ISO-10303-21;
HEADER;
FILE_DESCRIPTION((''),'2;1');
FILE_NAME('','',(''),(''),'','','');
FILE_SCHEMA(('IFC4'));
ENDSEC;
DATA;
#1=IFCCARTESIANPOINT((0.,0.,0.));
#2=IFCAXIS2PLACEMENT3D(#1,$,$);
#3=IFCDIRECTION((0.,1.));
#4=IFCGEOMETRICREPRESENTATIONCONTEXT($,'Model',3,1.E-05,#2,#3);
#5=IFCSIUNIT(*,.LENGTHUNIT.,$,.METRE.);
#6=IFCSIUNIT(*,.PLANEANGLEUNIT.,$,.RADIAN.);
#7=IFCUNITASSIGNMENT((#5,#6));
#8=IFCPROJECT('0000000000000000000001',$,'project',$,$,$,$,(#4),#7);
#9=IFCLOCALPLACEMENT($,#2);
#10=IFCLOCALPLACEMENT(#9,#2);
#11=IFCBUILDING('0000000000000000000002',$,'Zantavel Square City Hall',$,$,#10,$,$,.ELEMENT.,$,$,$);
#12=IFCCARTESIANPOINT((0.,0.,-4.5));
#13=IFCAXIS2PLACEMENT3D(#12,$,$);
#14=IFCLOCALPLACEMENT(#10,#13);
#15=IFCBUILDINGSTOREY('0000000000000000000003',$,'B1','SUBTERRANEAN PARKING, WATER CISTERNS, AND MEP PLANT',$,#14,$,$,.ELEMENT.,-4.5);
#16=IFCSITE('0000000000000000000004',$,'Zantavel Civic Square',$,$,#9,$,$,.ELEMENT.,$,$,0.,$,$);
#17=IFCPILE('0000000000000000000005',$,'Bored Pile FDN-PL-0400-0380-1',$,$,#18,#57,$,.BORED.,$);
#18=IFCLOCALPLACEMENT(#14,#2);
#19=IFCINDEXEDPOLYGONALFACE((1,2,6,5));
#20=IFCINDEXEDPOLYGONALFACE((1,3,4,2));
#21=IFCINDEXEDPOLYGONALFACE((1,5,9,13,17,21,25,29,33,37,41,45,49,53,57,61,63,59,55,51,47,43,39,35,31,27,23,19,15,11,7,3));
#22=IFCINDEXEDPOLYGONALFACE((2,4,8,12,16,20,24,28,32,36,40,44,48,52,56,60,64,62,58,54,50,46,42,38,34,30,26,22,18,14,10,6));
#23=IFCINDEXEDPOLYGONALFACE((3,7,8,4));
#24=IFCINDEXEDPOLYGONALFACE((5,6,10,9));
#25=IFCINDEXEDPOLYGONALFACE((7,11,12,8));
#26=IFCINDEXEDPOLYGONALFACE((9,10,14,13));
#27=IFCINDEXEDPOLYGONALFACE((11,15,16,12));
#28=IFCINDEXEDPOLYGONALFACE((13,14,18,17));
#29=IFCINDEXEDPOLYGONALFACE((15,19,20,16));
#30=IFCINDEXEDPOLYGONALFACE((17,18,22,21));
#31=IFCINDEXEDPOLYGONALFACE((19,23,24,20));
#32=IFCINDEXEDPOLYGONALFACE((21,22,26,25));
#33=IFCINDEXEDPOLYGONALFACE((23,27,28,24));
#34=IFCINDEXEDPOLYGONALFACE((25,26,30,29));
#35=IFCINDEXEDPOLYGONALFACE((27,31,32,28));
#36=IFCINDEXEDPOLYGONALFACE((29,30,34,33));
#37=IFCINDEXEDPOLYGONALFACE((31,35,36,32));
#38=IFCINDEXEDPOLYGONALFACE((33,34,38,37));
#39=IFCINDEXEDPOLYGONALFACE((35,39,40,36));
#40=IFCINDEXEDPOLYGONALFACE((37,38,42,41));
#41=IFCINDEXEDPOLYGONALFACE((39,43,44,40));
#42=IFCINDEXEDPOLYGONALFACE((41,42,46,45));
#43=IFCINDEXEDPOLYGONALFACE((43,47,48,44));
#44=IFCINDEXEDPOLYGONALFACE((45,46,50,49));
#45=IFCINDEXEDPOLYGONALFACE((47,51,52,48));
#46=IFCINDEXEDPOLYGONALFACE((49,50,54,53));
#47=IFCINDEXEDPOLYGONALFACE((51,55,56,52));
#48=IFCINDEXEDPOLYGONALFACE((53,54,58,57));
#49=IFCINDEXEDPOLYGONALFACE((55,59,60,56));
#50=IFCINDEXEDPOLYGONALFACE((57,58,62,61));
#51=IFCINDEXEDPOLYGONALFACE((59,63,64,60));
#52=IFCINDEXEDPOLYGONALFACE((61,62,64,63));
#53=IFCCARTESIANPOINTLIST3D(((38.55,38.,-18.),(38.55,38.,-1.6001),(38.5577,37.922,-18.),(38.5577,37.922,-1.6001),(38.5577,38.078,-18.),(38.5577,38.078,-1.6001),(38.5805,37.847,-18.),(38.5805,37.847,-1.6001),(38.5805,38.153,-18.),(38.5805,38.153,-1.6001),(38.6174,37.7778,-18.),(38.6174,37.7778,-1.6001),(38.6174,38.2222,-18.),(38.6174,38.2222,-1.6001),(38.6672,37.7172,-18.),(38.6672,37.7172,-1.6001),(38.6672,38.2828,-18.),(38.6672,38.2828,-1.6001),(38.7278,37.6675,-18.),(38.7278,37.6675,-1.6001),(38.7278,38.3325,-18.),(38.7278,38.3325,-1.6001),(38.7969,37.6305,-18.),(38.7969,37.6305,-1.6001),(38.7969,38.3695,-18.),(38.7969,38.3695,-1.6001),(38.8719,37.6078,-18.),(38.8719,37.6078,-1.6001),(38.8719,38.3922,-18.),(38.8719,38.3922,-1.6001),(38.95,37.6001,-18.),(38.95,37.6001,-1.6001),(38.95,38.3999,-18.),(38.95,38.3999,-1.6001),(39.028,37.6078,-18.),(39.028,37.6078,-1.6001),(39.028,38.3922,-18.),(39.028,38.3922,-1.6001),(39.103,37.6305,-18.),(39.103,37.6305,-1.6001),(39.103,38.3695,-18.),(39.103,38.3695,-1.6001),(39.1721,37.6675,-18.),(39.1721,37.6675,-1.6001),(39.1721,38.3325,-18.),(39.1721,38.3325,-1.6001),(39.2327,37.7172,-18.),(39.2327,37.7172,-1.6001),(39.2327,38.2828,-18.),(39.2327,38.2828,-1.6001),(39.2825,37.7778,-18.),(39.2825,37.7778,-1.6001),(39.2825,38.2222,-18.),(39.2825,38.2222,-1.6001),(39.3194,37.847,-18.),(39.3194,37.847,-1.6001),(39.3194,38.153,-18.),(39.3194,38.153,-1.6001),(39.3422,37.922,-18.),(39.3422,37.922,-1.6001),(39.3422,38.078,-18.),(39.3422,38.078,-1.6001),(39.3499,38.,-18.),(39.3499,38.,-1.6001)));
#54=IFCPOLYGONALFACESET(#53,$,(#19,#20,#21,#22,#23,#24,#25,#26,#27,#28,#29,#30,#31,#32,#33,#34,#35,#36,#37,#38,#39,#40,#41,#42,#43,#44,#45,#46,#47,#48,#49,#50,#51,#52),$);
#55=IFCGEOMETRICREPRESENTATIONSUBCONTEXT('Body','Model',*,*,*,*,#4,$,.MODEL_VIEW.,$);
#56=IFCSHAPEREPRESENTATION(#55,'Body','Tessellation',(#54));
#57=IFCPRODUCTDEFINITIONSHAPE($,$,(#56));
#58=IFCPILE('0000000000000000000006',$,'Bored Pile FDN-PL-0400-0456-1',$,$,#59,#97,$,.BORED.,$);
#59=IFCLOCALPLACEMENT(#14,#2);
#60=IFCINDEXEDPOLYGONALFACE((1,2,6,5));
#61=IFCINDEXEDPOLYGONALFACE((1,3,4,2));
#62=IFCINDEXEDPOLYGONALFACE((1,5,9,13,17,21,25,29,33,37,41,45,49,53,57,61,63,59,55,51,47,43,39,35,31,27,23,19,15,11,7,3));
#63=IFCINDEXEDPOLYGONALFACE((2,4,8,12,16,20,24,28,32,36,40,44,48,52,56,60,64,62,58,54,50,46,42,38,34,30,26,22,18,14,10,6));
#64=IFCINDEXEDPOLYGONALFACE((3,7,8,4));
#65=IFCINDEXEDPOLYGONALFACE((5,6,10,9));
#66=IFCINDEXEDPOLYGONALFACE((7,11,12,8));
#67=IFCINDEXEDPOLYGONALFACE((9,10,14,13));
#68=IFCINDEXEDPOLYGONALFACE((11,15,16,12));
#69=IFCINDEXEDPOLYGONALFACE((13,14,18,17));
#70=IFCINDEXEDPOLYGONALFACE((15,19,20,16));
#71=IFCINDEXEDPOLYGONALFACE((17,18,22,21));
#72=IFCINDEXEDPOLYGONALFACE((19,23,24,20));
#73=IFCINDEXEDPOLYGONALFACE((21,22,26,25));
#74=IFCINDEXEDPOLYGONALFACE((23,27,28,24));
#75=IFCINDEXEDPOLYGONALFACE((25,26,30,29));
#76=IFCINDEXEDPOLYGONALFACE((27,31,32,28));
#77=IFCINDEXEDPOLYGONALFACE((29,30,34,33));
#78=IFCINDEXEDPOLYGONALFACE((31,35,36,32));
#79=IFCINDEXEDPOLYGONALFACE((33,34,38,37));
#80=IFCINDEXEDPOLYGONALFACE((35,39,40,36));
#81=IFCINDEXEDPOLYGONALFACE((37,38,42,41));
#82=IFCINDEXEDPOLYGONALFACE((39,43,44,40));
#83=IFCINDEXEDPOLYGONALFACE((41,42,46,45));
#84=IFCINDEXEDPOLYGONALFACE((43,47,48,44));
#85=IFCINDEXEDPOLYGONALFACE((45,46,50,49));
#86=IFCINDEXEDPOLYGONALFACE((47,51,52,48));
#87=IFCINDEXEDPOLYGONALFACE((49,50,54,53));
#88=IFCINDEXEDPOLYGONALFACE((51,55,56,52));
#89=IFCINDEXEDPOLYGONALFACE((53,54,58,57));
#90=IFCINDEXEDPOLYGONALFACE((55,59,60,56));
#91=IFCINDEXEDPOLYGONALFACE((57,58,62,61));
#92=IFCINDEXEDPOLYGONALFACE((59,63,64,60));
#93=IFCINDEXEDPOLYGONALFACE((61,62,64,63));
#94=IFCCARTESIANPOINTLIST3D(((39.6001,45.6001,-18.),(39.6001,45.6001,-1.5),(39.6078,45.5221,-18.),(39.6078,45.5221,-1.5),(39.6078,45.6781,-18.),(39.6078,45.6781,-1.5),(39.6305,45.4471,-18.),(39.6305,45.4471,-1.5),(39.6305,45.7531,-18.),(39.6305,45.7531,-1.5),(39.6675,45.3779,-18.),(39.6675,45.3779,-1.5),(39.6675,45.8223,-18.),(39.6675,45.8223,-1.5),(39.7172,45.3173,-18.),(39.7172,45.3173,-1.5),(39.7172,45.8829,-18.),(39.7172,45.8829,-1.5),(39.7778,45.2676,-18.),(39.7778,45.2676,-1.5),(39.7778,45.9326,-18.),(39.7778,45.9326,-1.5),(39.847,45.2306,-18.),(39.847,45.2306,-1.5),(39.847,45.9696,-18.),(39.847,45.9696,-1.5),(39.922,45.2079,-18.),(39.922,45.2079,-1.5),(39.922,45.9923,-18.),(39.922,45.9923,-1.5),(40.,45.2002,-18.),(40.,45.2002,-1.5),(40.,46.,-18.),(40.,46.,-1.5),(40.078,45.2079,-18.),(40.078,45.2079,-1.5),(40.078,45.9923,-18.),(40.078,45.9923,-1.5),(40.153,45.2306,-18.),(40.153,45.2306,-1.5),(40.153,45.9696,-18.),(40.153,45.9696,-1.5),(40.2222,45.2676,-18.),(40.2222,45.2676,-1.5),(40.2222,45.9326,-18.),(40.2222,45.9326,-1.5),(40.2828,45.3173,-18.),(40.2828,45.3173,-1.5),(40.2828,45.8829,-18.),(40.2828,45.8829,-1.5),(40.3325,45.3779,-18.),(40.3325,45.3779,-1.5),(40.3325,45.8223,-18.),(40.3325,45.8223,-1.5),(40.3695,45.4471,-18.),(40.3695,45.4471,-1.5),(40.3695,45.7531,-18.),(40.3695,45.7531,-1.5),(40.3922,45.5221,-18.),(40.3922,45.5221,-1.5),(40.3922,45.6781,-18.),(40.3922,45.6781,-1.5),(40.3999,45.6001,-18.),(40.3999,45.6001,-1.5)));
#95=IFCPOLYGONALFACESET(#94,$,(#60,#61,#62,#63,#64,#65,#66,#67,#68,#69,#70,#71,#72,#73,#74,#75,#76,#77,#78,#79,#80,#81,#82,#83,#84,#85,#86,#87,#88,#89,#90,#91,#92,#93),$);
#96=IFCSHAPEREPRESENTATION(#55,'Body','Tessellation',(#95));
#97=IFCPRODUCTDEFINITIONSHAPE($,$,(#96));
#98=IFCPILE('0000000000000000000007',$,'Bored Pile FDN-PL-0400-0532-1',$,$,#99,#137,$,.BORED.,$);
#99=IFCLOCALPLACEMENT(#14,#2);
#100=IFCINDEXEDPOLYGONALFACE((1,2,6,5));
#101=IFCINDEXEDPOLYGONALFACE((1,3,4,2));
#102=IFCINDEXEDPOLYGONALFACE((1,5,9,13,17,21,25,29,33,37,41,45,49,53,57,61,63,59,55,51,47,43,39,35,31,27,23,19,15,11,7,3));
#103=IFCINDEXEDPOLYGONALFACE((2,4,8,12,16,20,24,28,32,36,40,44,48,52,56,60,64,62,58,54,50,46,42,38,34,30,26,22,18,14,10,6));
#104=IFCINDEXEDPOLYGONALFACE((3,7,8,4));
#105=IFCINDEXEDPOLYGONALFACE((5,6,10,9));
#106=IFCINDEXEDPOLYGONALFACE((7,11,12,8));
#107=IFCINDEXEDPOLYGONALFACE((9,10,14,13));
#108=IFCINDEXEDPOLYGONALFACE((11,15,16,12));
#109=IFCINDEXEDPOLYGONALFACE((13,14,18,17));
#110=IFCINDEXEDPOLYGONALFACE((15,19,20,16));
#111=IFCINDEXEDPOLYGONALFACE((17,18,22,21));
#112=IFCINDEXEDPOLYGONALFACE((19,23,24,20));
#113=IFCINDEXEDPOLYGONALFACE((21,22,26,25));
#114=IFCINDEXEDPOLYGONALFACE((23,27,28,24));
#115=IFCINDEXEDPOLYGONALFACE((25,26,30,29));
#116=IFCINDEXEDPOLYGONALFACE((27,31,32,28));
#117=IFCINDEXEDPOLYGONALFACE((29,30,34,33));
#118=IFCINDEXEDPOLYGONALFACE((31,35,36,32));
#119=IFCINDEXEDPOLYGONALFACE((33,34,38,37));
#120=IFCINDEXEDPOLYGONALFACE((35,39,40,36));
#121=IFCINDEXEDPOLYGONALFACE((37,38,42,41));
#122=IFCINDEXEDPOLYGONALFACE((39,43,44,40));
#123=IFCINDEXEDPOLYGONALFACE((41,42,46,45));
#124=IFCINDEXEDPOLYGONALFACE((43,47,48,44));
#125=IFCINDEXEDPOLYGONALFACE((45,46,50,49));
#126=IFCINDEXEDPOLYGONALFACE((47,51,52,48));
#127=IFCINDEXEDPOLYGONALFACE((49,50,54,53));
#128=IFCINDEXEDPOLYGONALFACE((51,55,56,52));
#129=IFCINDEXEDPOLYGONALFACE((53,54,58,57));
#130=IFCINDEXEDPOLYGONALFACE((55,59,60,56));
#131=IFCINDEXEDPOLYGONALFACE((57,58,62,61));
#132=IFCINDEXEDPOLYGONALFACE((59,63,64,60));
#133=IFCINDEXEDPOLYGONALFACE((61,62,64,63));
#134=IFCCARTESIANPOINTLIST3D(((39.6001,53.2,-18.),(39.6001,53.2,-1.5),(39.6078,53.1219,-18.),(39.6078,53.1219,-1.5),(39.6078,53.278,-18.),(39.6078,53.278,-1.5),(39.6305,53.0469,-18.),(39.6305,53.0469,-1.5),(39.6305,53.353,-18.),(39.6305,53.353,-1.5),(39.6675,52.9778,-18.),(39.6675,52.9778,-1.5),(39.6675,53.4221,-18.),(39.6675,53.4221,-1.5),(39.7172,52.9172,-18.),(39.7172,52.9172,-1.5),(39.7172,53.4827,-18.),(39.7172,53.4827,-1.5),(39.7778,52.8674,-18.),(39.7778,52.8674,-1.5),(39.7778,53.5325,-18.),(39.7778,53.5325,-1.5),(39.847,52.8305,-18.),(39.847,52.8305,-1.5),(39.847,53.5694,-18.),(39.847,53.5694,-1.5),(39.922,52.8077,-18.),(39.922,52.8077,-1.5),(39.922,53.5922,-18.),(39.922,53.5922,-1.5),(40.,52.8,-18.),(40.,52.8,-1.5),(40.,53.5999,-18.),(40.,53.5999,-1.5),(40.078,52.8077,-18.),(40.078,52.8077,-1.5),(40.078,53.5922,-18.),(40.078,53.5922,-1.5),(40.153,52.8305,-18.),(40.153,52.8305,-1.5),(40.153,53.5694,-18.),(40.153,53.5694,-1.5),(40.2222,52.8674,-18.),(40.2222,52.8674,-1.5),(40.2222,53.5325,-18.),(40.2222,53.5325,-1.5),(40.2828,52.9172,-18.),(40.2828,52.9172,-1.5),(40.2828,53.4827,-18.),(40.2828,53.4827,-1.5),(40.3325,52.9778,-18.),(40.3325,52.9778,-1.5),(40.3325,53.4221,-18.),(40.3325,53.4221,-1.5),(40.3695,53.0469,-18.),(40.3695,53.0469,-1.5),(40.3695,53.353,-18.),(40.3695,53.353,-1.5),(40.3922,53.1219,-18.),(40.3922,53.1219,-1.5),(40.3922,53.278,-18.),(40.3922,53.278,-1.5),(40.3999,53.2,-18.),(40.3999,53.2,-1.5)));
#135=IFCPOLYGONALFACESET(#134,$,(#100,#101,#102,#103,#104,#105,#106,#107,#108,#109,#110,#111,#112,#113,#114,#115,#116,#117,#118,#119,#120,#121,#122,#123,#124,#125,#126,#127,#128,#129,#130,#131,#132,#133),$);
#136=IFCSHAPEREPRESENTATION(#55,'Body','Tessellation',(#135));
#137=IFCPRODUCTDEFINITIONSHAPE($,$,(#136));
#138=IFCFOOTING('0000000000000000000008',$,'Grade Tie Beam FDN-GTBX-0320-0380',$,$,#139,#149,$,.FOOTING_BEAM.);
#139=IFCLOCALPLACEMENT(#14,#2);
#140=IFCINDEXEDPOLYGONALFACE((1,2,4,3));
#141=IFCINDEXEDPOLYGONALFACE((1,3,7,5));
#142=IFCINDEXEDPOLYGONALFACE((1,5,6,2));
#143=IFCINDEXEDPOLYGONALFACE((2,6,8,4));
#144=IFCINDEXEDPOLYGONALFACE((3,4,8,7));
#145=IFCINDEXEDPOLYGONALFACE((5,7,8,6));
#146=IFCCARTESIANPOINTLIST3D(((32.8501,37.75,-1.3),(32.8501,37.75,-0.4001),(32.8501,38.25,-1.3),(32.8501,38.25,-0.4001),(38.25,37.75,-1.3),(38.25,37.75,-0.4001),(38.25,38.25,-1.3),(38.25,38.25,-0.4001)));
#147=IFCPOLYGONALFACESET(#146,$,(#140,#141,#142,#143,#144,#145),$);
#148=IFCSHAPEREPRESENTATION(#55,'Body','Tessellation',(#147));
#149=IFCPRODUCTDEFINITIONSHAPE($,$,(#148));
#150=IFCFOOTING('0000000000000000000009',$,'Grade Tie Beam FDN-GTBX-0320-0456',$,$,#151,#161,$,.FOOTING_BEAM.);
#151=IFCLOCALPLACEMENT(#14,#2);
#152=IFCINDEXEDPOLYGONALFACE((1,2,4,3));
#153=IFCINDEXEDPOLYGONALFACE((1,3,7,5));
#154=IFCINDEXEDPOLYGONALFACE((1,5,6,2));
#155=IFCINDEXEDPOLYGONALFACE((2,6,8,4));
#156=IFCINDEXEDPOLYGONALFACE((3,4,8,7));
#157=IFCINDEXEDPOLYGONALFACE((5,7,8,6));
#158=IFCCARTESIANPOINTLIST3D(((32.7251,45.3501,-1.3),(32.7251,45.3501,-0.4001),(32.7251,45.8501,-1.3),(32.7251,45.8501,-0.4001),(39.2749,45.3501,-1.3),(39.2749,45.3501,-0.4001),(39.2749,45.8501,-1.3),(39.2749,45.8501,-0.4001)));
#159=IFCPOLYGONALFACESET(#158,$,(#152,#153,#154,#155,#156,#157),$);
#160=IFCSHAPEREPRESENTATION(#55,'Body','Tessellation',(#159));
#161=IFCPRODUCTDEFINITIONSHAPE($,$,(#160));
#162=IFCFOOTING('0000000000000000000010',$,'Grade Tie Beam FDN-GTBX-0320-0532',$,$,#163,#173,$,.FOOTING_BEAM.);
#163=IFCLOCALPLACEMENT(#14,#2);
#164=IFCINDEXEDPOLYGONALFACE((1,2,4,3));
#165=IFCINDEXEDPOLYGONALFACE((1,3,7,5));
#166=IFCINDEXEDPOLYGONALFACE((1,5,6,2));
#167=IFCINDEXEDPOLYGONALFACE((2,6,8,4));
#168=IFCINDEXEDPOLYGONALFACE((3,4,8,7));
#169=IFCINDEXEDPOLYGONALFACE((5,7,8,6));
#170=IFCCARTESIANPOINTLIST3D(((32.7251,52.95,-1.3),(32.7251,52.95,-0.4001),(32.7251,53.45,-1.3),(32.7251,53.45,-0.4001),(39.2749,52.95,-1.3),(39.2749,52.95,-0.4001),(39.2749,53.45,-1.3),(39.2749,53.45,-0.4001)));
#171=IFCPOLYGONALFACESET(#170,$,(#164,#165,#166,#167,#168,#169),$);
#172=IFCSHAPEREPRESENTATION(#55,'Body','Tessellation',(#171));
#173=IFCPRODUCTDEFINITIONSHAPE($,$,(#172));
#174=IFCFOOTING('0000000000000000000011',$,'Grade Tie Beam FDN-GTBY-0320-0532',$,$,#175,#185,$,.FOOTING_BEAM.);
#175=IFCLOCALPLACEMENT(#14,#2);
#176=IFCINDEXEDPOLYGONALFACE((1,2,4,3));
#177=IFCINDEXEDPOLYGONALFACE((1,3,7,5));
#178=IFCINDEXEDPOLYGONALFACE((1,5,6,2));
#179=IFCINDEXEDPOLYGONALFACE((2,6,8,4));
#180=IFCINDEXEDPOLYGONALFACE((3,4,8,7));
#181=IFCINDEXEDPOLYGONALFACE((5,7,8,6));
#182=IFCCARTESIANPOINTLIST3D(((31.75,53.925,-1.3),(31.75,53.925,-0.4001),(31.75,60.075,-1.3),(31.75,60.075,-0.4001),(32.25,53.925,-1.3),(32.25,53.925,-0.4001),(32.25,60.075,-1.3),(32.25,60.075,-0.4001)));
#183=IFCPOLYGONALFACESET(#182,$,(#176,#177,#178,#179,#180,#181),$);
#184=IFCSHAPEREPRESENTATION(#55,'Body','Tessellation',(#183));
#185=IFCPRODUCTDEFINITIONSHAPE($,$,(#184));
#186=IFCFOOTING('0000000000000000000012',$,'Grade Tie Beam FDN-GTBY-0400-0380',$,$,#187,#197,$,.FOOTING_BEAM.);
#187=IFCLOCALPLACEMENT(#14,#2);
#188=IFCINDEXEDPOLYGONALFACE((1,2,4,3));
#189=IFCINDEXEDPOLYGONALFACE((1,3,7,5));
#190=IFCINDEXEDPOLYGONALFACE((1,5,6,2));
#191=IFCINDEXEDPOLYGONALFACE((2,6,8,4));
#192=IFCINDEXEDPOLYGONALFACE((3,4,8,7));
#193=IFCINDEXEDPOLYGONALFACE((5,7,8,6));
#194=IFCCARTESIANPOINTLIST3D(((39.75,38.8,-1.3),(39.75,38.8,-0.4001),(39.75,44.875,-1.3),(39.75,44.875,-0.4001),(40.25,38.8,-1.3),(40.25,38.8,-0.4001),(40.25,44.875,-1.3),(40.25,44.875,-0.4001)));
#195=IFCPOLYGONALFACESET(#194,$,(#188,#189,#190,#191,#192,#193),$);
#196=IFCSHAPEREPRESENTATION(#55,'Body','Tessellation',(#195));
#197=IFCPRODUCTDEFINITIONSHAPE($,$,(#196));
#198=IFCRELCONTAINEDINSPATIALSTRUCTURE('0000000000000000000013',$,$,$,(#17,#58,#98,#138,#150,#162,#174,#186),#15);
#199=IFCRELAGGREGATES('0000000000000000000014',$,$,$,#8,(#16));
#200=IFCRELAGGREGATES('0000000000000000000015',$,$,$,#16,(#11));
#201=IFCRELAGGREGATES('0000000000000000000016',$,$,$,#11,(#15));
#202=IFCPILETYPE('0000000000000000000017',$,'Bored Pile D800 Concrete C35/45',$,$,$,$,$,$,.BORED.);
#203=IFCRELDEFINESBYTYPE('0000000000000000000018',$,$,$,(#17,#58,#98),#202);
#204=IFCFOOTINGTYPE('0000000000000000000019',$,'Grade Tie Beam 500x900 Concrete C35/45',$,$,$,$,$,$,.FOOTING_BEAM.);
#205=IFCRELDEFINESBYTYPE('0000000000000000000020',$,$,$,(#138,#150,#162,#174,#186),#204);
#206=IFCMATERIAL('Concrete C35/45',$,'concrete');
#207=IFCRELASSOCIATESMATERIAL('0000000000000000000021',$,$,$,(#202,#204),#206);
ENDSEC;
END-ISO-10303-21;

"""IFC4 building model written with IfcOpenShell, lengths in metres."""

from ifc_helpers import new_model, si_unit, direction, frame, origin, origin_2d, place, context, subcontext, project, spatial, rectangle, circle, extrude, material, material_profile, profile_set, type_object, element, save


model = new_model("IFC4")

# Units and contexts
model_context = context("Model", 3, precision=1e-05, world=origin(), true_north=direction((0.0, 1.0)))
body_context = subcontext(model_context, "Body", "Model", "MODEL_VIEW")
ifc_project = project(units=[si_unit("LENGTHUNIT", "METRE"), si_unit("PLANEANGLEUNIT", "RADIAN")], contexts=[model_context])

# Site, building, storey
site_placement = place(None, origin())
site = spatial("IfcSite", under=ifc_project, at=site_placement, Name="Zantavel Civic Square", CompositionType="ELEMENT", RefElevation=0.0)
building_placement = place(site_placement, origin())
building = spatial("IfcBuilding", under=site, at=building_placement, Name="Zantavel Square City Hall", CompositionType="ELEMENT")
storey_placement = place(building_placement, frame((0.0, 0.0, -4.5)))
storey = spatial("IfcBuildingStorey", under=building, at=storey_placement, Name="B1", Description="SUBTERRANEAN PARKING, WATER CISTERNS, AND MEP PLANT", CompositionType="ELEMENT", Elevation=-4.5)

# Piles
ifc_material_1 = material(Name="Concrete C35/45", Category="concrete")
ifc_material_profile_1 = material_profile(ifc_material_1, circle(Radius=0.3999, at=origin_2d()), Name="PILE D800")
ifc_profile_set_1 = profile_set([ifc_material_profile_1], Name="Concrete C35/45")
pile_type = type_object("IfcPileType", Name="Bored Pile D800 Concrete C35/45", PredefinedType="BORED", material=ifc_profile_set_1)
pile_placement = place(storey_placement, frame((38.95, 38.0, -1.6001), z_axis=(0.0, 0.0, -1.0), x_axis=(1.0, 0.0, 0.0)))
element("IfcPile", 1, at=pile_placement, inside=storey, type_object=pile_type, Name="Bored Pile FDN-PL-0400-0380-1", PredefinedType="BORED", context=body_context, shape_type="SweptSolid", body=[
    extrude(circle(Radius=0.3999, at=origin_2d()), origin(), (0.0, 0.0, 1.0), 16.3999),
])
for number, where, z_axis, x_axis, name in (
    (2, (40.0, 45.6001, -1.5), (0.0, 0.0, -1.0), (1.0, 0.0, 0.0), "Bored Pile FDN-PL-0400-0456-1"),
    (3, (40.0, 53.2, -1.5), (0.0, 0.0, -1.0), (1.0, 0.0, 0.0), "Bored Pile FDN-PL-0400-0532-1"),
):
    element("IfcPile", number, at=place(storey_placement, frame(where, z_axis=z_axis, x_axis=x_axis)), inside=storey, type_object=pile_type, Name=name, PredefinedType="BORED", context=body_context, shape_type="SweptSolid", body=[
        extrude(circle(Radius=0.3999, at=origin_2d()), origin(), (0.0, 0.0, 1.0), 16.5),
    ])

# Footings
ifc_material_profile_2 = material_profile(ifc_material_1, rectangle(XDim=0.5, YDim=0.8999, at=origin_2d()), Name="RC 500x900")
ifc_profile_set_2 = profile_set([ifc_material_profile_2], Name="Concrete C35/45")
footing_type_1 = type_object("IfcFootingType", Name="Grade Tie Beam 500x900 Concrete C35/45", PredefinedType="FOOTING_BEAM", material=ifc_profile_set_2)
footing_1_placement = place(storey_placement, frame((32.8501, 38.0, -0.8501), z_axis=(1.0, 0.0, 0.0), x_axis=(0.0, 1.0, 0.0)))
element("IfcFooting", 4, at=footing_1_placement, inside=storey, type_object=footing_type_1, Name="Grade Tie Beam FDN-GTBX-0320-0380", PredefinedType="FOOTING_BEAM", context=body_context, shape_type="SweptSolid", body=[
    extrude(rectangle(XDim=0.5, YDim=0.8999, at=origin_2d()), origin(), (0.0, 0.0, 1.0), 5.3999),
])
for number, where, z_axis, x_axis, name in (
    (5, (32.7251, 45.6001, -0.8501), (1.0, 0.0, 0.0), (0.0, 1.0, 0.0), "Grade Tie Beam FDN-GTBX-0320-0456"),
    (6, (32.7251, 53.2, -0.8501), (1.0, 0.0, 0.0), (0.0, 1.0, 0.0), "Grade Tie Beam FDN-GTBX-0320-0532"),
):
    element("IfcFooting", number, at=place(storey_placement, frame(where, z_axis=z_axis, x_axis=x_axis)), inside=storey, type_object=footing_type_1, Name=name, PredefinedType="FOOTING_BEAM", context=body_context, shape_type="SweptSolid", body=[
        extrude(rectangle(XDim=0.5, YDim=0.8999, at=origin_2d()), origin(), (0.0, 0.0, 1.0), 6.5498),
    ])
footing_2_placement = place(storey_placement, frame((32.0, 53.925, -0.8501), z_axis=(0.0, 1.0, 0.0), x_axis=(-1.0, 0.0, 0.0)))
element("IfcFooting", 7, at=footing_2_placement, inside=storey, type_object=footing_type_1, Name="Grade Tie Beam FDN-GTBY-0320-0532", PredefinedType="FOOTING_BEAM", context=body_context, shape_type="SweptSolid", body=[
    extrude(rectangle(XDim=0.5, YDim=0.8999, at=origin_2d()), origin(), (0.0, 0.0, 1.0), 6.1499),
])
footing_3_placement = place(storey_placement, frame((40.0, 38.8, -0.8501), z_axis=(0.0, 1.0, 0.0), x_axis=(-1.0, 0.0, 0.0)))
element("IfcFooting", 8, at=footing_3_placement, inside=storey, type_object=footing_type_1, Name="Grade Tie Beam FDN-GTBY-0400-0380", PredefinedType="FOOTING_BEAM", context=body_context, shape_type="SweptSolid", body=[
    extrude(rectangle(XDim=0.5, YDim=0.8999, at=origin_2d()), origin(), (0.0, 0.0, 1.0), 6.075),
])

save(model, "model.ifc")
